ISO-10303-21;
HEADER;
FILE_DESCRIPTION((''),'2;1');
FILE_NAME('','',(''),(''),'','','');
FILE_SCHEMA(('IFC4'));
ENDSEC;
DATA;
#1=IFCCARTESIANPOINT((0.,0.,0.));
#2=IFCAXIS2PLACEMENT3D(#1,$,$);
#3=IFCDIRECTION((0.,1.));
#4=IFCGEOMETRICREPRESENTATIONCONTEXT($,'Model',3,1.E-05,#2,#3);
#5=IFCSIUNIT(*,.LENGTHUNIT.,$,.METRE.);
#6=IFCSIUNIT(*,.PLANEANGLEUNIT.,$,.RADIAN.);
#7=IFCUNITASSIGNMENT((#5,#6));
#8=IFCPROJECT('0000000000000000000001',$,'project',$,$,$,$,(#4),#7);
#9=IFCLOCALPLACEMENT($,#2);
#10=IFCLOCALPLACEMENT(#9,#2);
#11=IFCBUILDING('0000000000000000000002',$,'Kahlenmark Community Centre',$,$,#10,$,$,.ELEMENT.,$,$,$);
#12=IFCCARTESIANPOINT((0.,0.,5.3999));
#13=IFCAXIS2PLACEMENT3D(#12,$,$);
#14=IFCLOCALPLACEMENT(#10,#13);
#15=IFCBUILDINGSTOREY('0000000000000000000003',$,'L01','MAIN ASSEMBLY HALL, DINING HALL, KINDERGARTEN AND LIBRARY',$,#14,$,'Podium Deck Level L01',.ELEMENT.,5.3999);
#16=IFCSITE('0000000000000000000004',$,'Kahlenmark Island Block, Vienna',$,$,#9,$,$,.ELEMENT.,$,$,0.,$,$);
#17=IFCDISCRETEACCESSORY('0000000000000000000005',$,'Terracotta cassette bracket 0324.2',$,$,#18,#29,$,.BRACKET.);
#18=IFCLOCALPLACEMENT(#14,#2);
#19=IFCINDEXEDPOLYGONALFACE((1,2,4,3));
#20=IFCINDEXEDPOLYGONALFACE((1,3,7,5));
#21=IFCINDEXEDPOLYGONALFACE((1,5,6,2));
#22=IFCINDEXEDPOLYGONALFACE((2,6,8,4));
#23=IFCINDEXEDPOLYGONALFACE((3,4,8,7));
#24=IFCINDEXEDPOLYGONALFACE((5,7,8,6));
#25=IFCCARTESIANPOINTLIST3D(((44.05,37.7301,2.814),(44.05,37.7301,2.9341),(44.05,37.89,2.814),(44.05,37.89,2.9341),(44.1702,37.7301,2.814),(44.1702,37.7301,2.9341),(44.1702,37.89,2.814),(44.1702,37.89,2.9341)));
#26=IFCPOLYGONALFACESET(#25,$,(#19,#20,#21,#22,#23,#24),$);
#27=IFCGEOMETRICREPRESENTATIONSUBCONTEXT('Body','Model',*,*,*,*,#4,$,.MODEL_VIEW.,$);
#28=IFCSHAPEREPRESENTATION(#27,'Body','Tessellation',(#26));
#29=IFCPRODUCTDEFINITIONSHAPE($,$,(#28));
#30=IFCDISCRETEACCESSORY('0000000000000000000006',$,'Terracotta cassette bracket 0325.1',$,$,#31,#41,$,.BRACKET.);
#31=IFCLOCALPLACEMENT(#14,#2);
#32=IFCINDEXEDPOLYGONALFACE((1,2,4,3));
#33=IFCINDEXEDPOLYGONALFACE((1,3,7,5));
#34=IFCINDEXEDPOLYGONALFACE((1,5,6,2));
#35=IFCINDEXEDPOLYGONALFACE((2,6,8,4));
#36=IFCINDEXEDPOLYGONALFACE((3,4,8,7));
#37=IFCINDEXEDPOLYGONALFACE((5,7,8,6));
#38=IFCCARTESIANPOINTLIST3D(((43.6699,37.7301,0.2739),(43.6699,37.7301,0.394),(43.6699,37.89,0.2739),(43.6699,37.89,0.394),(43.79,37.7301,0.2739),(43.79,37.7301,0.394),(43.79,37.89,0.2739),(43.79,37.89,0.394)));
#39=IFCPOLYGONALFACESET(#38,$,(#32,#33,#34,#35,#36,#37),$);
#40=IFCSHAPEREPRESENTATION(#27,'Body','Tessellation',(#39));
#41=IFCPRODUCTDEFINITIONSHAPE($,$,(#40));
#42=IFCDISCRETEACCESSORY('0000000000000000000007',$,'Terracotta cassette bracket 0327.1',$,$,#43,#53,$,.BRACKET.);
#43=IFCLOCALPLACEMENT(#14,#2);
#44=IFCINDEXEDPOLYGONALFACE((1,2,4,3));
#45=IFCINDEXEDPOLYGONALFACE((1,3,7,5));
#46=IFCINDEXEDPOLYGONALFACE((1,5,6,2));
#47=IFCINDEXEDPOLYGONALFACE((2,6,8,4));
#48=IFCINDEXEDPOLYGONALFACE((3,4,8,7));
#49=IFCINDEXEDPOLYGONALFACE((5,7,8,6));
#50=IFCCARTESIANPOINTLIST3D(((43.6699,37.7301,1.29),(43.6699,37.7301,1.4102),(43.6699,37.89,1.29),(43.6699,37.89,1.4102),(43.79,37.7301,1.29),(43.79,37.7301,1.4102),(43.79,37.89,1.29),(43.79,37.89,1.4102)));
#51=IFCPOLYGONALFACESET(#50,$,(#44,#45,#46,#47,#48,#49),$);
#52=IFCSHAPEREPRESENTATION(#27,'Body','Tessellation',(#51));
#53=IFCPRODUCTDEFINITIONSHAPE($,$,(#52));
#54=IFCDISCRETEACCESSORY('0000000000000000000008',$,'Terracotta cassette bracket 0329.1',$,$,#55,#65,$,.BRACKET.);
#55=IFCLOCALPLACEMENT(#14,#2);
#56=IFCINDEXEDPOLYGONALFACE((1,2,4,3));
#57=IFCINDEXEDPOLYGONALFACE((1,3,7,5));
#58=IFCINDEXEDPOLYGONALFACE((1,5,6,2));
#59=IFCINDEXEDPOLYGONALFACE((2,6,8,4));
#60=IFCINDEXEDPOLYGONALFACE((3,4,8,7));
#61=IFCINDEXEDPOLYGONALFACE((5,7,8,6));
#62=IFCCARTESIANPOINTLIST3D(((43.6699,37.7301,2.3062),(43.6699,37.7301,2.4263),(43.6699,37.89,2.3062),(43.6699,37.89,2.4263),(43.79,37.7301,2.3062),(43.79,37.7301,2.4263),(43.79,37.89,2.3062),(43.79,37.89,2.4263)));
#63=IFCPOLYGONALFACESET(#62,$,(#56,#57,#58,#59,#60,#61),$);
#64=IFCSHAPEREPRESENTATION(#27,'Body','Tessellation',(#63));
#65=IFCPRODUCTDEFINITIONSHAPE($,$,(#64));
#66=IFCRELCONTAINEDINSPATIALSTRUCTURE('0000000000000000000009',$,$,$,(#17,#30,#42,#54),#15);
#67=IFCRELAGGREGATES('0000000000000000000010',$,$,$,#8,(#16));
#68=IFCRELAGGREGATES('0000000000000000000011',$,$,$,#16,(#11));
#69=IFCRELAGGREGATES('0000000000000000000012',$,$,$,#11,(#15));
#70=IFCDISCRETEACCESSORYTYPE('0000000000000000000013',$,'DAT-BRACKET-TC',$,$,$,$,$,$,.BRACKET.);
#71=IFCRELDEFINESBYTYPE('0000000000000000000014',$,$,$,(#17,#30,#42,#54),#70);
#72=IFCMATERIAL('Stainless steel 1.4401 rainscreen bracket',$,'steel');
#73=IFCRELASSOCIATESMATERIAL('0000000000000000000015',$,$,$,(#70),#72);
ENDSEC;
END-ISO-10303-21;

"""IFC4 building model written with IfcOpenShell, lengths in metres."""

from ifc_helpers import new_model, si_unit, direction, frame, origin, origin_2d, place, context, subcontext, project, spatial, rectangle, extrude, material, type_object, element, save


model = new_model("IFC4")

# Units and contexts
model_context = context("Model", 3, precision=1e-05, world=origin(), true_north=direction((0.0, 1.0)))
body_context = subcontext(model_context, "Body", "Model", "MODEL_VIEW")
ifc_project = project(units=[si_unit("LENGTHUNIT", "METRE"), si_unit("PLANEANGLEUNIT", "RADIAN")], contexts=[model_context])

# Site, building, storey
site_placement = place(None, origin())
site = spatial("IfcSite", under=ifc_project, at=site_placement, Name="Kahlenmark Island Block, Vienna", CompositionType="ELEMENT", RefElevation=0.0)
building_placement = place(site_placement, origin())
building = spatial("IfcBuilding", under=site, at=building_placement, Name="Kahlenmark Community Centre", CompositionType="ELEMENT")
storey_placement = place(building_placement, frame((0.0, 0.0, 5.3999)))
storey = spatial("IfcBuildingStorey", under=building, at=storey_placement, Name="L01", Description="MAIN ASSEMBLY HALL, DINING HALL, KINDERGARTEN AND LIBRARY", LongName="Podium Deck Level L01", CompositionType="ELEMENT", Elevation=5.3999)

# Discrete accessories
ifc_material_1 = material(Name="Stainless steel 1.4401 rainscreen bracket", Category="steel")
discrete_accessory_type = type_object("IfcDiscreteAccessoryType", Name="DAT-BRACKET-TC", PredefinedType="BRACKET", material=ifc_material_1)
for number, where, z_axis, x_axis, name in (
    (1, (44.1101, 37.8101, 2.814), (0.0, 0.0, 1.0), (-1.0, 0.0, 0.0), "Terracotta cassette bracket 0324.2"),
    (2, (43.73, 37.8101, 0.2739), (0.0, 0.0, 1.0), (-1.0, 0.0, 0.0), "Terracotta cassette bracket 0325.1"),
    (3, (43.73, 37.8101, 1.29), (0.0, 0.0, 1.0), (-1.0, 0.0, 0.0), "Terracotta cassette bracket 0327.1"),
    (4, (43.73, 37.8101, 2.3062), (0.0, 0.0, 1.0), (-1.0, 0.0, 0.0), "Terracotta cassette bracket 0329.1"),
):
    element("IfcDiscreteAccessory", number, at=place(storey_placement, frame(where, z_axis=z_axis, x_axis=x_axis)), inside=storey, type_object=discrete_accessory_type, Name=name, PredefinedType="BRACKET", context=body_context, shape_type="SweptSolid", body=[
        extrude(rectangle(XDim=0.1201, YDim=0.1599, at=origin_2d()), origin(), (0.0, 0.0, 1.0), 0.1201),
    ])

save(model, "model.ifc")
